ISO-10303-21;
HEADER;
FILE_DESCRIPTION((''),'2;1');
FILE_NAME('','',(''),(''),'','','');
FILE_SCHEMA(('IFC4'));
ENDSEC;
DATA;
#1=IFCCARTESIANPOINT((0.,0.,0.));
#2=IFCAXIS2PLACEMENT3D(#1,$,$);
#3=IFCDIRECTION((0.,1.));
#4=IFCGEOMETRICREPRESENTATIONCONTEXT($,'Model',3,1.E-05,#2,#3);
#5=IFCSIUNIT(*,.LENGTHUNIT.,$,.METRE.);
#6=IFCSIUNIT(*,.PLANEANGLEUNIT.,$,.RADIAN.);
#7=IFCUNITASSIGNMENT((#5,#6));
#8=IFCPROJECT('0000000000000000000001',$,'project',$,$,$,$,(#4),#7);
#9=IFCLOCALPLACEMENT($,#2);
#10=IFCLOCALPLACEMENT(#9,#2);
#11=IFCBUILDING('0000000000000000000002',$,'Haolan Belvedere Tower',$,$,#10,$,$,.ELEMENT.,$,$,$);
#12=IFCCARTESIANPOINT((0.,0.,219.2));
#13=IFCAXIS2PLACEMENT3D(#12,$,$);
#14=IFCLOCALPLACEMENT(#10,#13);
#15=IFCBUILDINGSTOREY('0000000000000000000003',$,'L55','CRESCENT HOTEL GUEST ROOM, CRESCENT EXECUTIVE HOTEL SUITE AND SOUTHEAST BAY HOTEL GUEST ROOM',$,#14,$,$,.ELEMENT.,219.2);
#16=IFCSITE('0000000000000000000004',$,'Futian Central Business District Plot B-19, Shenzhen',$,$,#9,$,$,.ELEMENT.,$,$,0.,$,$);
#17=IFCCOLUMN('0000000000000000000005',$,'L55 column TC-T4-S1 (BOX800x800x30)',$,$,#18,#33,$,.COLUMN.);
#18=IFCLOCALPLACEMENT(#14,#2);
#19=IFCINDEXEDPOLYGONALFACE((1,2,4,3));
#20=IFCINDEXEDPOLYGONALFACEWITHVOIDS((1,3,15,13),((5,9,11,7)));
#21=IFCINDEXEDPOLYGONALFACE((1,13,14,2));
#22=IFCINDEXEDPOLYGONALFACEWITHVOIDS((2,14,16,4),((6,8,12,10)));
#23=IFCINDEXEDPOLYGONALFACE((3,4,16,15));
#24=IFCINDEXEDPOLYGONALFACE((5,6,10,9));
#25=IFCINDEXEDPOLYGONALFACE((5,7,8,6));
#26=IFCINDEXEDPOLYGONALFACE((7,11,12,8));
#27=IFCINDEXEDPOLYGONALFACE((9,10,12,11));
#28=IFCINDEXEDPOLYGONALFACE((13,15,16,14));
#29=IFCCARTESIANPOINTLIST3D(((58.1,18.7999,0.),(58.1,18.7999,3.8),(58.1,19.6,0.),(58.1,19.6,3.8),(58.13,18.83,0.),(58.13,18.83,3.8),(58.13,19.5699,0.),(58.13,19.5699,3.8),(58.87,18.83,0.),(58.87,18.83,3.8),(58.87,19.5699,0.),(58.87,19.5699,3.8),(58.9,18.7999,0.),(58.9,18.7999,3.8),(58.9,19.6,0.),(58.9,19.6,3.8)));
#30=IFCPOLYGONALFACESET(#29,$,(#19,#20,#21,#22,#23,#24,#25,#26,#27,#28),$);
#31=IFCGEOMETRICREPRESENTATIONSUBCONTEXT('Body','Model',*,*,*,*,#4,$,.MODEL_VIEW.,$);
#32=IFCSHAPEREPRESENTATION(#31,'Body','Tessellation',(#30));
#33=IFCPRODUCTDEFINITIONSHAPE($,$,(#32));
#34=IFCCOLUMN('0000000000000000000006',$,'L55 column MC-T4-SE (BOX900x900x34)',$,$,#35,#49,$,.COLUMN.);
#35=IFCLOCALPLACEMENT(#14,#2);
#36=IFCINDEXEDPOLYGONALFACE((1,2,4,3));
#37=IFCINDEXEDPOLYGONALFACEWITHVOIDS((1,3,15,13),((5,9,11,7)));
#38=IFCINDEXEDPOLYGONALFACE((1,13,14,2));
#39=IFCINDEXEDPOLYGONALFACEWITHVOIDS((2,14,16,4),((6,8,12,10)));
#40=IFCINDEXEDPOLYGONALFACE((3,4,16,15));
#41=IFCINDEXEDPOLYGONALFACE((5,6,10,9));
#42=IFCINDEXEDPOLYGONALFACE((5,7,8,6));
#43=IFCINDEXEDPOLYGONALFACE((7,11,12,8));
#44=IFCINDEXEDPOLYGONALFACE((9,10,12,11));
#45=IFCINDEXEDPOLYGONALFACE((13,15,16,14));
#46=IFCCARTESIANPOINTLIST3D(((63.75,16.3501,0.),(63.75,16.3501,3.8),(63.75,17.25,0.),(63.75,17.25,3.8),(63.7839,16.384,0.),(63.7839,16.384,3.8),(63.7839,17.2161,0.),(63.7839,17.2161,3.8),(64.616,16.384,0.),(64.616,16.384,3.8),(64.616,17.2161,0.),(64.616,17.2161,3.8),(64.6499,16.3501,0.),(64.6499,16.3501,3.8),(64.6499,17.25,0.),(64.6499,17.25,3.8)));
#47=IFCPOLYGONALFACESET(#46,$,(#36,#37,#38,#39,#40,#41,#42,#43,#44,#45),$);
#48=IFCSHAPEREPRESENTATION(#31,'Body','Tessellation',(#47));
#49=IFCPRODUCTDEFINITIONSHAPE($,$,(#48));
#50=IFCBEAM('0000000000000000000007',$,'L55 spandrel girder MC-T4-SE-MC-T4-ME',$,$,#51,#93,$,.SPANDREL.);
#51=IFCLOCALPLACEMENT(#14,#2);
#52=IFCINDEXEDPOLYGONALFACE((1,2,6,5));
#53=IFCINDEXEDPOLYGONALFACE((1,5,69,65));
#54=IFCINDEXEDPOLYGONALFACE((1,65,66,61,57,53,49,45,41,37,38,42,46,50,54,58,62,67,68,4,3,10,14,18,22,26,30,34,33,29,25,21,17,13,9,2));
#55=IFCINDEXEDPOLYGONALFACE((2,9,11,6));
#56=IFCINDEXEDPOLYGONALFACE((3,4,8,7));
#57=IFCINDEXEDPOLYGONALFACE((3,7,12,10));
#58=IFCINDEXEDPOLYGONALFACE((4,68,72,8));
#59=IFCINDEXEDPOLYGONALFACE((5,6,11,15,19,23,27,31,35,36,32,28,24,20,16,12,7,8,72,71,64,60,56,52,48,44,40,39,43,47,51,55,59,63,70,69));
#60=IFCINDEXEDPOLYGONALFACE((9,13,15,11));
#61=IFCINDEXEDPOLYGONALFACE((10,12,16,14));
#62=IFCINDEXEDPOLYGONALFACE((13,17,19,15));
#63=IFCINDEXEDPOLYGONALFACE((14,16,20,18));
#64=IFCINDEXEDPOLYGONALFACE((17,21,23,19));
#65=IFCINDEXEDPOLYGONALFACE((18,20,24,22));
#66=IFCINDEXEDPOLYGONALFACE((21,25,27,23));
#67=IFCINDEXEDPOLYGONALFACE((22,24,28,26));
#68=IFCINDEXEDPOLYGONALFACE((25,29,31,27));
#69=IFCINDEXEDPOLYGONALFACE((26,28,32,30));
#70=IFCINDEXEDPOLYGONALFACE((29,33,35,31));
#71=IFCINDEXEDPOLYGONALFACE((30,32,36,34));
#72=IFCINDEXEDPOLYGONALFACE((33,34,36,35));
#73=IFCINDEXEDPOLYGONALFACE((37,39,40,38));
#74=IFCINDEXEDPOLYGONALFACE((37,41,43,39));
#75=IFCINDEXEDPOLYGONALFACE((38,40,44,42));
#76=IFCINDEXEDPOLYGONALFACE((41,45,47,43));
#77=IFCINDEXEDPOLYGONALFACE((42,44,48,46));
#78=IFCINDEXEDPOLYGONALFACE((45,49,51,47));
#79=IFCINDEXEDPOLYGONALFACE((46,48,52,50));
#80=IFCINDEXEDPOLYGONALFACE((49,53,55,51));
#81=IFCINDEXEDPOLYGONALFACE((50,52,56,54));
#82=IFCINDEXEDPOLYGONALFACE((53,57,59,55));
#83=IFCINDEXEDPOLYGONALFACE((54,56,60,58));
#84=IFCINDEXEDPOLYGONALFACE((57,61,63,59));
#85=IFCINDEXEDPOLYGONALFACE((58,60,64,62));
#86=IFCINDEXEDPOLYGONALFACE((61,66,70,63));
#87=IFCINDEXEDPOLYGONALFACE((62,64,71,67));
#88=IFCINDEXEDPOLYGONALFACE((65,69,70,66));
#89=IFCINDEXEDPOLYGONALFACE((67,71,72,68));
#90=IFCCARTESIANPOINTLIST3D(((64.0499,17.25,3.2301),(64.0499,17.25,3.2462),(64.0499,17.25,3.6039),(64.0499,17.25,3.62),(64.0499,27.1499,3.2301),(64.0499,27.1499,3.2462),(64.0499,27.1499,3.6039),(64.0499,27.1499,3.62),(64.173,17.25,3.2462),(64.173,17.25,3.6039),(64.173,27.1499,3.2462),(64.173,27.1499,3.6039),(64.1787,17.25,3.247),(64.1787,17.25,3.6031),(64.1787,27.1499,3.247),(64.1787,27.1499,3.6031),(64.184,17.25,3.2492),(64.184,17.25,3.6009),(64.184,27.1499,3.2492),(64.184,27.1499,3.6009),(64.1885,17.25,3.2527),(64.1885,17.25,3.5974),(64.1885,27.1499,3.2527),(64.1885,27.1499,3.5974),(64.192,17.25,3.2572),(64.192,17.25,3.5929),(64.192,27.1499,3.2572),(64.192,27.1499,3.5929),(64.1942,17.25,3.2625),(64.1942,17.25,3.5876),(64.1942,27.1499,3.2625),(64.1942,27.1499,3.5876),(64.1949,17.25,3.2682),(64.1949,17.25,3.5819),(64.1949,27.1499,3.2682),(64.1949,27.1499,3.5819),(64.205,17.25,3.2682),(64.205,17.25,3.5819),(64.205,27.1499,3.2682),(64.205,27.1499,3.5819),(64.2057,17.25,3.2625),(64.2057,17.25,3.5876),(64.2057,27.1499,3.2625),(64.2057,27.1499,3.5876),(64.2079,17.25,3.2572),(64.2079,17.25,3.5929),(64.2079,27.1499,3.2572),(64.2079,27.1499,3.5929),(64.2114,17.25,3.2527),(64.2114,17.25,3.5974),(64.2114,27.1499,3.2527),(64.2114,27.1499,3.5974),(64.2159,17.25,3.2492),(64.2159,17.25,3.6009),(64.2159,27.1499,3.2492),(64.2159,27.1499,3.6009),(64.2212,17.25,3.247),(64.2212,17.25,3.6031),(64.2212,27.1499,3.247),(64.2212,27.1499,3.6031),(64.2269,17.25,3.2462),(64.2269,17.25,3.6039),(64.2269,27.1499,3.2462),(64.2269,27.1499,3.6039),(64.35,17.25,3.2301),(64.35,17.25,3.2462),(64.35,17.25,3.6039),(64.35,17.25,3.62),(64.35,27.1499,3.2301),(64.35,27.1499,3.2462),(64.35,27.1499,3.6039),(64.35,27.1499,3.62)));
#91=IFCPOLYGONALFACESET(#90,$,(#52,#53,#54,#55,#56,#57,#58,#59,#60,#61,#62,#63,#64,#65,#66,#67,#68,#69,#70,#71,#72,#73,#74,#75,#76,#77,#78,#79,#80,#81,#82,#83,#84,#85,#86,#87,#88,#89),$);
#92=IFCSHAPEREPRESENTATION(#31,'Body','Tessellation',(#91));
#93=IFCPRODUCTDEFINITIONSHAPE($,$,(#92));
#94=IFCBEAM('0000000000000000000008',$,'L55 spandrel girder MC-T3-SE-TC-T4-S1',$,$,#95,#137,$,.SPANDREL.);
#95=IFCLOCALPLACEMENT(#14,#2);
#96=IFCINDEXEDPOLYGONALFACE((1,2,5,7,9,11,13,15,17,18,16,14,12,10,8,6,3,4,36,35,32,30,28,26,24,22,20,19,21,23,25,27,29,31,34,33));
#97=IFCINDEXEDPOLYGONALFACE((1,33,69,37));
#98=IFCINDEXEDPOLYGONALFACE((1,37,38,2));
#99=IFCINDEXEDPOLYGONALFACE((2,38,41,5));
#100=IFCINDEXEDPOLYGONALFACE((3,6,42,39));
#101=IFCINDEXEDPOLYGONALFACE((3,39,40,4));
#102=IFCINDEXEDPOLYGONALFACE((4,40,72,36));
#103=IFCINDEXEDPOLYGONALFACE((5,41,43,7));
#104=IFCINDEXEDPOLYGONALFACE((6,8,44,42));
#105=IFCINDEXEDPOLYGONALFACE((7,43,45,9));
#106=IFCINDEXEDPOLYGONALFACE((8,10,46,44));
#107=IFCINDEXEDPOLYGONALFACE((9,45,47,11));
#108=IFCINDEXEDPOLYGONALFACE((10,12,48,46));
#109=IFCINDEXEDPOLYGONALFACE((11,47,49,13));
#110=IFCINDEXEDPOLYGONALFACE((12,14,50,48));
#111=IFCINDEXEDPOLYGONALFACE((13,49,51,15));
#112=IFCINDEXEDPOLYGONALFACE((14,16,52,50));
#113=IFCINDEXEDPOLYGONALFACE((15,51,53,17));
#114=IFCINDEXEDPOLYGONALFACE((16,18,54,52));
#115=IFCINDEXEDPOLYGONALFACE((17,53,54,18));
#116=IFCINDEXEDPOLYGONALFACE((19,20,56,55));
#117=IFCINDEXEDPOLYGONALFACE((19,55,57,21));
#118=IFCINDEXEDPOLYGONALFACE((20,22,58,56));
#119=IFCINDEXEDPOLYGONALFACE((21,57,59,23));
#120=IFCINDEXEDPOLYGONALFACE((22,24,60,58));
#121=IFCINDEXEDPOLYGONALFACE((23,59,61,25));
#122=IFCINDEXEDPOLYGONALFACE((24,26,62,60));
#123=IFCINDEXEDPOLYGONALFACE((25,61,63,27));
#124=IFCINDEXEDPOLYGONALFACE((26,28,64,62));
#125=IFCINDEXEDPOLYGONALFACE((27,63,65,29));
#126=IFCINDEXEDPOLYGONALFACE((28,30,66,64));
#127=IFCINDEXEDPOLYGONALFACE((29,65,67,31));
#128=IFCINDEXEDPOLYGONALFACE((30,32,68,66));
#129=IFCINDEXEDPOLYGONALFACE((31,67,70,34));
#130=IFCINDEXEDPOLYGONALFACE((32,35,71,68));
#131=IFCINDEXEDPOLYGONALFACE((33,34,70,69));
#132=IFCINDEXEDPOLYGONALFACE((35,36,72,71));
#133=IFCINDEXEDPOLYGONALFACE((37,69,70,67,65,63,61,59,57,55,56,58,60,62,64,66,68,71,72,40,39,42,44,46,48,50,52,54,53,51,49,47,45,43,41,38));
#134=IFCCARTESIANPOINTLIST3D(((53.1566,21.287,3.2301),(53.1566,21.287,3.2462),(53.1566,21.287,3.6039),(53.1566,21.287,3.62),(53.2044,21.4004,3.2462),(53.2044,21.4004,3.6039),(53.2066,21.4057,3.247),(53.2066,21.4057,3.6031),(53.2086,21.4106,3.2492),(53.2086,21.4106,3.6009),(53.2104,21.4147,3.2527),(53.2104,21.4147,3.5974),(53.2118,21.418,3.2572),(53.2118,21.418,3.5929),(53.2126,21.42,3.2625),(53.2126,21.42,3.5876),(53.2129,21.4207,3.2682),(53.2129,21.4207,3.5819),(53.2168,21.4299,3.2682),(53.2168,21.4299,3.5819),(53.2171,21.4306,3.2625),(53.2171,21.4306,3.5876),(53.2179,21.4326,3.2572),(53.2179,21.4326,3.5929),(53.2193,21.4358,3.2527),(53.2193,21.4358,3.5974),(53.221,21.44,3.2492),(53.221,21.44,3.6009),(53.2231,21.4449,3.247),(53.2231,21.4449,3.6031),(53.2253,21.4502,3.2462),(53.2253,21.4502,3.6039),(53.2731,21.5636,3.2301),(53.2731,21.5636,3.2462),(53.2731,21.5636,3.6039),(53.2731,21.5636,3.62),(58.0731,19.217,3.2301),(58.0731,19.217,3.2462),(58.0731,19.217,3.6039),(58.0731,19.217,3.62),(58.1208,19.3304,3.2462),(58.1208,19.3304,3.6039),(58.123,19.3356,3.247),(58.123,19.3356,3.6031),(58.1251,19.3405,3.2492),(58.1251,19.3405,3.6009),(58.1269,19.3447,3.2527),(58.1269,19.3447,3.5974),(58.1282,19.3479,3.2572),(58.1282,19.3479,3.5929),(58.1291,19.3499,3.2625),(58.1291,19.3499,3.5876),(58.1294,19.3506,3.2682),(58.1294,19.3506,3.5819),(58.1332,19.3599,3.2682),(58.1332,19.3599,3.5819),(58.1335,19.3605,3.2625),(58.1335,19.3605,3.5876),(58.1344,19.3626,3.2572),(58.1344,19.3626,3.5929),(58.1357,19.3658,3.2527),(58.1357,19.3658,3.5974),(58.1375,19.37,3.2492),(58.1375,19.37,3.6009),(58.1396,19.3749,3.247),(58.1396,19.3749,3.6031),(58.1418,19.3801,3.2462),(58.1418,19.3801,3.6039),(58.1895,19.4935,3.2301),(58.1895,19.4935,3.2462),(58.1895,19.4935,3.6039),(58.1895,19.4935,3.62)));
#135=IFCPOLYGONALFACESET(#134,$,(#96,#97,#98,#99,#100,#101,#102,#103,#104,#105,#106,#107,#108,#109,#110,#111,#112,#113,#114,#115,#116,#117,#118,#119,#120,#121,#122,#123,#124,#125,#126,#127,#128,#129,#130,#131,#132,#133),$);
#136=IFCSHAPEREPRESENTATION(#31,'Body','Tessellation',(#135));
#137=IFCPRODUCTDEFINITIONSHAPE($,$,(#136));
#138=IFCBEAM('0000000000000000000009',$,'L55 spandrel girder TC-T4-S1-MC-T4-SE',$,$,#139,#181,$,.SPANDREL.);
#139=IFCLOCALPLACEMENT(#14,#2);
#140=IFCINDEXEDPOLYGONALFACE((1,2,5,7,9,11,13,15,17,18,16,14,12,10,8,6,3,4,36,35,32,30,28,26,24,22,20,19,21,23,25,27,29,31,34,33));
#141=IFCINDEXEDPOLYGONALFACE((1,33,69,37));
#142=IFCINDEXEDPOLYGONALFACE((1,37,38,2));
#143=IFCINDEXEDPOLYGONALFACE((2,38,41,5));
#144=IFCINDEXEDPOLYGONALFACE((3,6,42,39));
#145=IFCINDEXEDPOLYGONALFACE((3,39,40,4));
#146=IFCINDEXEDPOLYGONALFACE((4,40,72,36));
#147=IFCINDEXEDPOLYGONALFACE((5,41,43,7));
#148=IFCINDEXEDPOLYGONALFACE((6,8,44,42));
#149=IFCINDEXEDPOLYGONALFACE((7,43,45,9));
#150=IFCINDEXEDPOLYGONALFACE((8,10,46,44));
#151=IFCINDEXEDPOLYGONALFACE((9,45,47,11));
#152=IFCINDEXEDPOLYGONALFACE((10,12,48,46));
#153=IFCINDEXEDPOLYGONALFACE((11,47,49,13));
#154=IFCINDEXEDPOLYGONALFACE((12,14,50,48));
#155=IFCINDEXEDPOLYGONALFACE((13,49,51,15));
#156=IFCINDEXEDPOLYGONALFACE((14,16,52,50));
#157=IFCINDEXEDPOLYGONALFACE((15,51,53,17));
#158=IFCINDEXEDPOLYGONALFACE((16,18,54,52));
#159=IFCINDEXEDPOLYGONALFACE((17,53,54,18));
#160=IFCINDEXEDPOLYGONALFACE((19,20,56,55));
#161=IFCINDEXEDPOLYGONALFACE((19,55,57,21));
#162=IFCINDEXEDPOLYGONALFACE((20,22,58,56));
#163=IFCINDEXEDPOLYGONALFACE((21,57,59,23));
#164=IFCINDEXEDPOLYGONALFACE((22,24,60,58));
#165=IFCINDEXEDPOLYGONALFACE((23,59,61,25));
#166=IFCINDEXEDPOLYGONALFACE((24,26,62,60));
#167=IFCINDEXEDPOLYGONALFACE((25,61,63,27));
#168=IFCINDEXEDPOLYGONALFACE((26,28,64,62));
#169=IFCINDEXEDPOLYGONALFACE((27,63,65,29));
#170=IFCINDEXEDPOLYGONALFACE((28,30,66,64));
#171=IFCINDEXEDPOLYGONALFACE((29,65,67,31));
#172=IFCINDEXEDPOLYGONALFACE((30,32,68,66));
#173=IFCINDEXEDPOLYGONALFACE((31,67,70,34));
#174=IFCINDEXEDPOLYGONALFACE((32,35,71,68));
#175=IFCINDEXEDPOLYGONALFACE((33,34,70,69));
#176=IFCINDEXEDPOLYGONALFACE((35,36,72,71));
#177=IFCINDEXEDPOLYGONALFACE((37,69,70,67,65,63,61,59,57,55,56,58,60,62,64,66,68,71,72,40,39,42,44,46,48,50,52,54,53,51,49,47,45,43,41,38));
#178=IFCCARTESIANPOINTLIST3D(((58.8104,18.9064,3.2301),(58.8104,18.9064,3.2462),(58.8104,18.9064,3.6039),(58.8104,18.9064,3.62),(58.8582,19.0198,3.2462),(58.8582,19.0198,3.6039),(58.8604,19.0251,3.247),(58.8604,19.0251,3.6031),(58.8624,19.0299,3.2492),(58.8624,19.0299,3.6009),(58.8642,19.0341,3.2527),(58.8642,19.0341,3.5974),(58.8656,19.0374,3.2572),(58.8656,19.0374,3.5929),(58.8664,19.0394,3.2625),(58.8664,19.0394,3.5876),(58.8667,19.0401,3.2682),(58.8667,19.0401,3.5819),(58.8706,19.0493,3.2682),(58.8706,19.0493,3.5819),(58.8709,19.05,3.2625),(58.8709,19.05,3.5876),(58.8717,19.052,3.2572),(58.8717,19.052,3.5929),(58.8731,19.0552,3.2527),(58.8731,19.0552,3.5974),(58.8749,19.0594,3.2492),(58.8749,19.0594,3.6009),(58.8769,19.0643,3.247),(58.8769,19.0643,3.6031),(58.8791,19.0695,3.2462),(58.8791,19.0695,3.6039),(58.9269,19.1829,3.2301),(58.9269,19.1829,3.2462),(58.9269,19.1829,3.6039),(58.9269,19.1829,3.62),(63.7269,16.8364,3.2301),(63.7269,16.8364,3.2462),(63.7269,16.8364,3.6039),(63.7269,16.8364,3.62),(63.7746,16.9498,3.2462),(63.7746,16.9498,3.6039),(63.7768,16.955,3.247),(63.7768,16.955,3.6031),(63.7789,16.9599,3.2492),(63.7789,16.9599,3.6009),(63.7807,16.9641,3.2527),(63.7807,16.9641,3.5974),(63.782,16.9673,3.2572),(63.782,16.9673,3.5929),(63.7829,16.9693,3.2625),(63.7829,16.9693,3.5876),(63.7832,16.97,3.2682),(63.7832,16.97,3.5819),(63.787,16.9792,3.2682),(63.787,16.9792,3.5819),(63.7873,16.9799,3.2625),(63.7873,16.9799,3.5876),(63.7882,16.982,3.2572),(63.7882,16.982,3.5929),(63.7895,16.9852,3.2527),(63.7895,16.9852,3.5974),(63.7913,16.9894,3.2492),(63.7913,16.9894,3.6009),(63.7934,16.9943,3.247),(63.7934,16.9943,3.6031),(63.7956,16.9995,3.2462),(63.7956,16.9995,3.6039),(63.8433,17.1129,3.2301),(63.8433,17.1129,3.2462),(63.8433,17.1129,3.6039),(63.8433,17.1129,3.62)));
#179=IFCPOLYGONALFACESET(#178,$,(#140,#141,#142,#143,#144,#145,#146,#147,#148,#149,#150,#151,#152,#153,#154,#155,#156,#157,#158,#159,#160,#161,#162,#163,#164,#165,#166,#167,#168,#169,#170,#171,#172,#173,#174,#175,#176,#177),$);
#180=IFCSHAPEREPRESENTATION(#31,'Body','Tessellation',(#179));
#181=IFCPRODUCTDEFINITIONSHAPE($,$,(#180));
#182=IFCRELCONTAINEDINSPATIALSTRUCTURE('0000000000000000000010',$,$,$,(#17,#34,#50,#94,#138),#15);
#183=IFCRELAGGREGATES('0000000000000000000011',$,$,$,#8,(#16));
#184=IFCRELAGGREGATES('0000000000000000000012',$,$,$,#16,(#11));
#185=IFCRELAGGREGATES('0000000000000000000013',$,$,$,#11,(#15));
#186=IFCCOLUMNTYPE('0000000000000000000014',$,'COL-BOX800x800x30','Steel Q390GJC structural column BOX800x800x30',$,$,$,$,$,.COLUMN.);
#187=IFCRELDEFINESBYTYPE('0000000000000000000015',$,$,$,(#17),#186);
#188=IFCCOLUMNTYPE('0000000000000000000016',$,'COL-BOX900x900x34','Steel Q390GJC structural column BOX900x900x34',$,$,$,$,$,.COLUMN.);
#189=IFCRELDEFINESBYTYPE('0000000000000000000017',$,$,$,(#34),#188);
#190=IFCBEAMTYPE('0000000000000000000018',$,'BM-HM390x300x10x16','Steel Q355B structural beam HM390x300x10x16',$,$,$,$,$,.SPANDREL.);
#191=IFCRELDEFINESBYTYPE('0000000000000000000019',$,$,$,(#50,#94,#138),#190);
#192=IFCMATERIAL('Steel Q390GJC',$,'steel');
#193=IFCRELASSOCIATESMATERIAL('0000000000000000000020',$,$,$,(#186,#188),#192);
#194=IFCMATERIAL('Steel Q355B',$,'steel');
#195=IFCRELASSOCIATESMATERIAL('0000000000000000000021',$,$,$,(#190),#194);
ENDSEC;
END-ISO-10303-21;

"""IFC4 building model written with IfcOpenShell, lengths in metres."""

from ifc_helpers import new_model, si_unit, direction, frame, origin, origin_2d, place, context, subcontext, project, spatial, hollow_rectangle, i_section, extrude, material, material_profile, profile_set, type_object, element, save


model = new_model("IFC4")

# Units and contexts
model_context = context("Model", 3, precision=1e-05, world=origin(), true_north=direction((0.0, 1.0)))
body_context = subcontext(model_context, "Body", "Model", "MODEL_VIEW")
ifc_project = project(units=[si_unit("LENGTHUNIT", "METRE"), si_unit("PLANEANGLEUNIT", "RADIAN")], contexts=[model_context])

# Site, building, storey
site_placement = place(None, origin())
site = spatial("IfcSite", under=ifc_project, at=site_placement, Name="Futian Central Business District Plot B-19, Shenzhen", CompositionType="ELEMENT", RefElevation=0.0)
building_placement = place(site_placement, origin())
building = spatial("IfcBuilding", under=site, at=building_placement, Name="Haolan Belvedere Tower", CompositionType="ELEMENT")
storey_placement = place(building_placement, frame((0.0, 0.0, 219.2)))
storey = spatial("IfcBuildingStorey", under=building, at=storey_placement, Name="L55", Description="CRESCENT HOTEL GUEST ROOM, CRESCENT EXECUTIVE HOTEL SUITE AND SOUTHEAST BAY HOTEL GUEST ROOM", CompositionType="ELEMENT", Elevation=219.2)

# Columns
ifc_material_1 = material(Name="Steel Q390GJC", Category="steel")
ifc_material_profile_1 = material_profile(ifc_material_1, hollow_rectangle(XDim=0.8, YDim=0.8, WallThickness=0.03, at=origin_2d()), Name="Steel Q390GJC")
ifc_profile_set_1 = profile_set([ifc_material_profile_1], Name="Steel Q390GJC")
column_type_1 = type_object("IfcColumnType", Name="COL-BOX800x800x30", Description="Steel Q390GJC structural column BOX800x800x30", PredefinedType="COLUMN", material=ifc_profile_set_1)
column_1_placement = place(storey_placement, frame((58.5, 19.2, 0.0), z_axis=(0.0, 0.0, 1.0), x_axis=(1.0, 0.0, 0.0)))
element("IfcColumn", 1, at=column_1_placement, inside=storey, type_object=column_type_1, Name="L55 column TC-T4-S1 (BOX800x800x30)", PredefinedType="COLUMN", context=body_context, shape_type="SweptSolid", body=[
    extrude(hollow_rectangle(XDim=0.8, YDim=0.8, WallThickness=0.03, at=origin_2d()), origin(), (0.0, 0.0, 1.0), 3.8),
])
ifc_material_profile_2 = material_profile(ifc_material_1, hollow_rectangle(XDim=0.8999, YDim=0.8999, WallThickness=0.0339, at=origin_2d()), Name="Steel Q390GJC")
ifc_profile_set_2 = profile_set([ifc_material_profile_2], Name="Steel Q390GJC")
column_type_2 = type_object("IfcColumnType", Name="COL-BOX900x900x34", Description="Steel Q390GJC structural column BOX900x900x34", PredefinedType="COLUMN", material=ifc_profile_set_2)
column_2_placement = place(storey_placement, frame((64.2, 16.8, 0.0), z_axis=(0.0, 0.0, 1.0), x_axis=(1.0, 0.0, 0.0)))
element("IfcColumn", 2, at=column_2_placement, inside=storey, type_object=column_type_2, Name="L55 column MC-T4-SE (BOX900x900x34)", PredefinedType="COLUMN", context=body_context, shape_type="SweptSolid", body=[
    extrude(hollow_rectangle(XDim=0.8999, YDim=0.8999, WallThickness=0.0339, at=origin_2d()), origin(), (0.0, 0.0, 1.0), 3.8),
])

# Beams
ifc_material_2 = material(Name="Steel Q355B", Category="steel")
ifc_material_profile_3 = material_profile(ifc_material_2, i_section(OverallWidth=0.3, OverallDepth=0.3899, WebThickness=0.01, FlangeThickness=0.0161, FilletRadius=0.022, at=origin_2d()), Name="Steel Q355B")
ifc_profile_set_3 = profile_set([ifc_material_profile_3], Name="Steel Q355B")
beam_type = type_object("IfcBeamType", Name="BM-HM390x300x10x16", Description="Steel Q355B structural beam HM390x300x10x16", PredefinedType="SPANDREL", material=ifc_profile_set_3)
beam_placement = place(storey_placement, frame((64.2, 17.25, 3.425), z_axis=(0.0, 1.0, 0.0), x_axis=(-1.0, 0.0, 0.0)))
element("IfcBeam", 3, at=beam_placement, inside=storey, type_object=beam_type, Name="L55 spandrel girder MC-T4-SE-MC-T4-ME", PredefinedType="SPANDREL", context=body_context, shape_type="SweptSolid", body=[
    extrude(i_section(OverallWidth=0.3, OverallDepth=0.3899, WebThickness=0.01, FlangeThickness=0.0161, FilletRadius=0.022, at=origin_2d()), origin(), (0.0, 0.0, 1.0), 9.8999),
])
for number, where, z_axis, x_axis, name in (
    (4, (53.2148, 21.4253, 3.425), (0.921638, -0.388051, 0.0), (0.388051, 0.921638, 0.0), "L55 spandrel girder MC-T3-SE-TC-T4-S1"),
    (5, (58.8687, 19.0447, 3.425), (0.921638, -0.388051, 0.0), (0.388051, 0.921638, 0.0), "L55 spandrel girder TC-T4-S1-MC-T4-SE"),
):
    element("IfcBeam", number, at=place(storey_placement, frame(where, z_axis=z_axis, x_axis=x_axis)), inside=storey, type_object=beam_type, Name=name, PredefinedType="SPANDREL", context=body_context, shape_type="SweptSolid", body=[
        extrude(i_section(OverallWidth=0.3, OverallDepth=0.3899, WebThickness=0.01, FlangeThickness=0.0161, FilletRadius=0.022, at=origin_2d()), origin(), (0.0, 0.0, 1.0), 5.3345),
    ])

save(model, "model.ifc")
